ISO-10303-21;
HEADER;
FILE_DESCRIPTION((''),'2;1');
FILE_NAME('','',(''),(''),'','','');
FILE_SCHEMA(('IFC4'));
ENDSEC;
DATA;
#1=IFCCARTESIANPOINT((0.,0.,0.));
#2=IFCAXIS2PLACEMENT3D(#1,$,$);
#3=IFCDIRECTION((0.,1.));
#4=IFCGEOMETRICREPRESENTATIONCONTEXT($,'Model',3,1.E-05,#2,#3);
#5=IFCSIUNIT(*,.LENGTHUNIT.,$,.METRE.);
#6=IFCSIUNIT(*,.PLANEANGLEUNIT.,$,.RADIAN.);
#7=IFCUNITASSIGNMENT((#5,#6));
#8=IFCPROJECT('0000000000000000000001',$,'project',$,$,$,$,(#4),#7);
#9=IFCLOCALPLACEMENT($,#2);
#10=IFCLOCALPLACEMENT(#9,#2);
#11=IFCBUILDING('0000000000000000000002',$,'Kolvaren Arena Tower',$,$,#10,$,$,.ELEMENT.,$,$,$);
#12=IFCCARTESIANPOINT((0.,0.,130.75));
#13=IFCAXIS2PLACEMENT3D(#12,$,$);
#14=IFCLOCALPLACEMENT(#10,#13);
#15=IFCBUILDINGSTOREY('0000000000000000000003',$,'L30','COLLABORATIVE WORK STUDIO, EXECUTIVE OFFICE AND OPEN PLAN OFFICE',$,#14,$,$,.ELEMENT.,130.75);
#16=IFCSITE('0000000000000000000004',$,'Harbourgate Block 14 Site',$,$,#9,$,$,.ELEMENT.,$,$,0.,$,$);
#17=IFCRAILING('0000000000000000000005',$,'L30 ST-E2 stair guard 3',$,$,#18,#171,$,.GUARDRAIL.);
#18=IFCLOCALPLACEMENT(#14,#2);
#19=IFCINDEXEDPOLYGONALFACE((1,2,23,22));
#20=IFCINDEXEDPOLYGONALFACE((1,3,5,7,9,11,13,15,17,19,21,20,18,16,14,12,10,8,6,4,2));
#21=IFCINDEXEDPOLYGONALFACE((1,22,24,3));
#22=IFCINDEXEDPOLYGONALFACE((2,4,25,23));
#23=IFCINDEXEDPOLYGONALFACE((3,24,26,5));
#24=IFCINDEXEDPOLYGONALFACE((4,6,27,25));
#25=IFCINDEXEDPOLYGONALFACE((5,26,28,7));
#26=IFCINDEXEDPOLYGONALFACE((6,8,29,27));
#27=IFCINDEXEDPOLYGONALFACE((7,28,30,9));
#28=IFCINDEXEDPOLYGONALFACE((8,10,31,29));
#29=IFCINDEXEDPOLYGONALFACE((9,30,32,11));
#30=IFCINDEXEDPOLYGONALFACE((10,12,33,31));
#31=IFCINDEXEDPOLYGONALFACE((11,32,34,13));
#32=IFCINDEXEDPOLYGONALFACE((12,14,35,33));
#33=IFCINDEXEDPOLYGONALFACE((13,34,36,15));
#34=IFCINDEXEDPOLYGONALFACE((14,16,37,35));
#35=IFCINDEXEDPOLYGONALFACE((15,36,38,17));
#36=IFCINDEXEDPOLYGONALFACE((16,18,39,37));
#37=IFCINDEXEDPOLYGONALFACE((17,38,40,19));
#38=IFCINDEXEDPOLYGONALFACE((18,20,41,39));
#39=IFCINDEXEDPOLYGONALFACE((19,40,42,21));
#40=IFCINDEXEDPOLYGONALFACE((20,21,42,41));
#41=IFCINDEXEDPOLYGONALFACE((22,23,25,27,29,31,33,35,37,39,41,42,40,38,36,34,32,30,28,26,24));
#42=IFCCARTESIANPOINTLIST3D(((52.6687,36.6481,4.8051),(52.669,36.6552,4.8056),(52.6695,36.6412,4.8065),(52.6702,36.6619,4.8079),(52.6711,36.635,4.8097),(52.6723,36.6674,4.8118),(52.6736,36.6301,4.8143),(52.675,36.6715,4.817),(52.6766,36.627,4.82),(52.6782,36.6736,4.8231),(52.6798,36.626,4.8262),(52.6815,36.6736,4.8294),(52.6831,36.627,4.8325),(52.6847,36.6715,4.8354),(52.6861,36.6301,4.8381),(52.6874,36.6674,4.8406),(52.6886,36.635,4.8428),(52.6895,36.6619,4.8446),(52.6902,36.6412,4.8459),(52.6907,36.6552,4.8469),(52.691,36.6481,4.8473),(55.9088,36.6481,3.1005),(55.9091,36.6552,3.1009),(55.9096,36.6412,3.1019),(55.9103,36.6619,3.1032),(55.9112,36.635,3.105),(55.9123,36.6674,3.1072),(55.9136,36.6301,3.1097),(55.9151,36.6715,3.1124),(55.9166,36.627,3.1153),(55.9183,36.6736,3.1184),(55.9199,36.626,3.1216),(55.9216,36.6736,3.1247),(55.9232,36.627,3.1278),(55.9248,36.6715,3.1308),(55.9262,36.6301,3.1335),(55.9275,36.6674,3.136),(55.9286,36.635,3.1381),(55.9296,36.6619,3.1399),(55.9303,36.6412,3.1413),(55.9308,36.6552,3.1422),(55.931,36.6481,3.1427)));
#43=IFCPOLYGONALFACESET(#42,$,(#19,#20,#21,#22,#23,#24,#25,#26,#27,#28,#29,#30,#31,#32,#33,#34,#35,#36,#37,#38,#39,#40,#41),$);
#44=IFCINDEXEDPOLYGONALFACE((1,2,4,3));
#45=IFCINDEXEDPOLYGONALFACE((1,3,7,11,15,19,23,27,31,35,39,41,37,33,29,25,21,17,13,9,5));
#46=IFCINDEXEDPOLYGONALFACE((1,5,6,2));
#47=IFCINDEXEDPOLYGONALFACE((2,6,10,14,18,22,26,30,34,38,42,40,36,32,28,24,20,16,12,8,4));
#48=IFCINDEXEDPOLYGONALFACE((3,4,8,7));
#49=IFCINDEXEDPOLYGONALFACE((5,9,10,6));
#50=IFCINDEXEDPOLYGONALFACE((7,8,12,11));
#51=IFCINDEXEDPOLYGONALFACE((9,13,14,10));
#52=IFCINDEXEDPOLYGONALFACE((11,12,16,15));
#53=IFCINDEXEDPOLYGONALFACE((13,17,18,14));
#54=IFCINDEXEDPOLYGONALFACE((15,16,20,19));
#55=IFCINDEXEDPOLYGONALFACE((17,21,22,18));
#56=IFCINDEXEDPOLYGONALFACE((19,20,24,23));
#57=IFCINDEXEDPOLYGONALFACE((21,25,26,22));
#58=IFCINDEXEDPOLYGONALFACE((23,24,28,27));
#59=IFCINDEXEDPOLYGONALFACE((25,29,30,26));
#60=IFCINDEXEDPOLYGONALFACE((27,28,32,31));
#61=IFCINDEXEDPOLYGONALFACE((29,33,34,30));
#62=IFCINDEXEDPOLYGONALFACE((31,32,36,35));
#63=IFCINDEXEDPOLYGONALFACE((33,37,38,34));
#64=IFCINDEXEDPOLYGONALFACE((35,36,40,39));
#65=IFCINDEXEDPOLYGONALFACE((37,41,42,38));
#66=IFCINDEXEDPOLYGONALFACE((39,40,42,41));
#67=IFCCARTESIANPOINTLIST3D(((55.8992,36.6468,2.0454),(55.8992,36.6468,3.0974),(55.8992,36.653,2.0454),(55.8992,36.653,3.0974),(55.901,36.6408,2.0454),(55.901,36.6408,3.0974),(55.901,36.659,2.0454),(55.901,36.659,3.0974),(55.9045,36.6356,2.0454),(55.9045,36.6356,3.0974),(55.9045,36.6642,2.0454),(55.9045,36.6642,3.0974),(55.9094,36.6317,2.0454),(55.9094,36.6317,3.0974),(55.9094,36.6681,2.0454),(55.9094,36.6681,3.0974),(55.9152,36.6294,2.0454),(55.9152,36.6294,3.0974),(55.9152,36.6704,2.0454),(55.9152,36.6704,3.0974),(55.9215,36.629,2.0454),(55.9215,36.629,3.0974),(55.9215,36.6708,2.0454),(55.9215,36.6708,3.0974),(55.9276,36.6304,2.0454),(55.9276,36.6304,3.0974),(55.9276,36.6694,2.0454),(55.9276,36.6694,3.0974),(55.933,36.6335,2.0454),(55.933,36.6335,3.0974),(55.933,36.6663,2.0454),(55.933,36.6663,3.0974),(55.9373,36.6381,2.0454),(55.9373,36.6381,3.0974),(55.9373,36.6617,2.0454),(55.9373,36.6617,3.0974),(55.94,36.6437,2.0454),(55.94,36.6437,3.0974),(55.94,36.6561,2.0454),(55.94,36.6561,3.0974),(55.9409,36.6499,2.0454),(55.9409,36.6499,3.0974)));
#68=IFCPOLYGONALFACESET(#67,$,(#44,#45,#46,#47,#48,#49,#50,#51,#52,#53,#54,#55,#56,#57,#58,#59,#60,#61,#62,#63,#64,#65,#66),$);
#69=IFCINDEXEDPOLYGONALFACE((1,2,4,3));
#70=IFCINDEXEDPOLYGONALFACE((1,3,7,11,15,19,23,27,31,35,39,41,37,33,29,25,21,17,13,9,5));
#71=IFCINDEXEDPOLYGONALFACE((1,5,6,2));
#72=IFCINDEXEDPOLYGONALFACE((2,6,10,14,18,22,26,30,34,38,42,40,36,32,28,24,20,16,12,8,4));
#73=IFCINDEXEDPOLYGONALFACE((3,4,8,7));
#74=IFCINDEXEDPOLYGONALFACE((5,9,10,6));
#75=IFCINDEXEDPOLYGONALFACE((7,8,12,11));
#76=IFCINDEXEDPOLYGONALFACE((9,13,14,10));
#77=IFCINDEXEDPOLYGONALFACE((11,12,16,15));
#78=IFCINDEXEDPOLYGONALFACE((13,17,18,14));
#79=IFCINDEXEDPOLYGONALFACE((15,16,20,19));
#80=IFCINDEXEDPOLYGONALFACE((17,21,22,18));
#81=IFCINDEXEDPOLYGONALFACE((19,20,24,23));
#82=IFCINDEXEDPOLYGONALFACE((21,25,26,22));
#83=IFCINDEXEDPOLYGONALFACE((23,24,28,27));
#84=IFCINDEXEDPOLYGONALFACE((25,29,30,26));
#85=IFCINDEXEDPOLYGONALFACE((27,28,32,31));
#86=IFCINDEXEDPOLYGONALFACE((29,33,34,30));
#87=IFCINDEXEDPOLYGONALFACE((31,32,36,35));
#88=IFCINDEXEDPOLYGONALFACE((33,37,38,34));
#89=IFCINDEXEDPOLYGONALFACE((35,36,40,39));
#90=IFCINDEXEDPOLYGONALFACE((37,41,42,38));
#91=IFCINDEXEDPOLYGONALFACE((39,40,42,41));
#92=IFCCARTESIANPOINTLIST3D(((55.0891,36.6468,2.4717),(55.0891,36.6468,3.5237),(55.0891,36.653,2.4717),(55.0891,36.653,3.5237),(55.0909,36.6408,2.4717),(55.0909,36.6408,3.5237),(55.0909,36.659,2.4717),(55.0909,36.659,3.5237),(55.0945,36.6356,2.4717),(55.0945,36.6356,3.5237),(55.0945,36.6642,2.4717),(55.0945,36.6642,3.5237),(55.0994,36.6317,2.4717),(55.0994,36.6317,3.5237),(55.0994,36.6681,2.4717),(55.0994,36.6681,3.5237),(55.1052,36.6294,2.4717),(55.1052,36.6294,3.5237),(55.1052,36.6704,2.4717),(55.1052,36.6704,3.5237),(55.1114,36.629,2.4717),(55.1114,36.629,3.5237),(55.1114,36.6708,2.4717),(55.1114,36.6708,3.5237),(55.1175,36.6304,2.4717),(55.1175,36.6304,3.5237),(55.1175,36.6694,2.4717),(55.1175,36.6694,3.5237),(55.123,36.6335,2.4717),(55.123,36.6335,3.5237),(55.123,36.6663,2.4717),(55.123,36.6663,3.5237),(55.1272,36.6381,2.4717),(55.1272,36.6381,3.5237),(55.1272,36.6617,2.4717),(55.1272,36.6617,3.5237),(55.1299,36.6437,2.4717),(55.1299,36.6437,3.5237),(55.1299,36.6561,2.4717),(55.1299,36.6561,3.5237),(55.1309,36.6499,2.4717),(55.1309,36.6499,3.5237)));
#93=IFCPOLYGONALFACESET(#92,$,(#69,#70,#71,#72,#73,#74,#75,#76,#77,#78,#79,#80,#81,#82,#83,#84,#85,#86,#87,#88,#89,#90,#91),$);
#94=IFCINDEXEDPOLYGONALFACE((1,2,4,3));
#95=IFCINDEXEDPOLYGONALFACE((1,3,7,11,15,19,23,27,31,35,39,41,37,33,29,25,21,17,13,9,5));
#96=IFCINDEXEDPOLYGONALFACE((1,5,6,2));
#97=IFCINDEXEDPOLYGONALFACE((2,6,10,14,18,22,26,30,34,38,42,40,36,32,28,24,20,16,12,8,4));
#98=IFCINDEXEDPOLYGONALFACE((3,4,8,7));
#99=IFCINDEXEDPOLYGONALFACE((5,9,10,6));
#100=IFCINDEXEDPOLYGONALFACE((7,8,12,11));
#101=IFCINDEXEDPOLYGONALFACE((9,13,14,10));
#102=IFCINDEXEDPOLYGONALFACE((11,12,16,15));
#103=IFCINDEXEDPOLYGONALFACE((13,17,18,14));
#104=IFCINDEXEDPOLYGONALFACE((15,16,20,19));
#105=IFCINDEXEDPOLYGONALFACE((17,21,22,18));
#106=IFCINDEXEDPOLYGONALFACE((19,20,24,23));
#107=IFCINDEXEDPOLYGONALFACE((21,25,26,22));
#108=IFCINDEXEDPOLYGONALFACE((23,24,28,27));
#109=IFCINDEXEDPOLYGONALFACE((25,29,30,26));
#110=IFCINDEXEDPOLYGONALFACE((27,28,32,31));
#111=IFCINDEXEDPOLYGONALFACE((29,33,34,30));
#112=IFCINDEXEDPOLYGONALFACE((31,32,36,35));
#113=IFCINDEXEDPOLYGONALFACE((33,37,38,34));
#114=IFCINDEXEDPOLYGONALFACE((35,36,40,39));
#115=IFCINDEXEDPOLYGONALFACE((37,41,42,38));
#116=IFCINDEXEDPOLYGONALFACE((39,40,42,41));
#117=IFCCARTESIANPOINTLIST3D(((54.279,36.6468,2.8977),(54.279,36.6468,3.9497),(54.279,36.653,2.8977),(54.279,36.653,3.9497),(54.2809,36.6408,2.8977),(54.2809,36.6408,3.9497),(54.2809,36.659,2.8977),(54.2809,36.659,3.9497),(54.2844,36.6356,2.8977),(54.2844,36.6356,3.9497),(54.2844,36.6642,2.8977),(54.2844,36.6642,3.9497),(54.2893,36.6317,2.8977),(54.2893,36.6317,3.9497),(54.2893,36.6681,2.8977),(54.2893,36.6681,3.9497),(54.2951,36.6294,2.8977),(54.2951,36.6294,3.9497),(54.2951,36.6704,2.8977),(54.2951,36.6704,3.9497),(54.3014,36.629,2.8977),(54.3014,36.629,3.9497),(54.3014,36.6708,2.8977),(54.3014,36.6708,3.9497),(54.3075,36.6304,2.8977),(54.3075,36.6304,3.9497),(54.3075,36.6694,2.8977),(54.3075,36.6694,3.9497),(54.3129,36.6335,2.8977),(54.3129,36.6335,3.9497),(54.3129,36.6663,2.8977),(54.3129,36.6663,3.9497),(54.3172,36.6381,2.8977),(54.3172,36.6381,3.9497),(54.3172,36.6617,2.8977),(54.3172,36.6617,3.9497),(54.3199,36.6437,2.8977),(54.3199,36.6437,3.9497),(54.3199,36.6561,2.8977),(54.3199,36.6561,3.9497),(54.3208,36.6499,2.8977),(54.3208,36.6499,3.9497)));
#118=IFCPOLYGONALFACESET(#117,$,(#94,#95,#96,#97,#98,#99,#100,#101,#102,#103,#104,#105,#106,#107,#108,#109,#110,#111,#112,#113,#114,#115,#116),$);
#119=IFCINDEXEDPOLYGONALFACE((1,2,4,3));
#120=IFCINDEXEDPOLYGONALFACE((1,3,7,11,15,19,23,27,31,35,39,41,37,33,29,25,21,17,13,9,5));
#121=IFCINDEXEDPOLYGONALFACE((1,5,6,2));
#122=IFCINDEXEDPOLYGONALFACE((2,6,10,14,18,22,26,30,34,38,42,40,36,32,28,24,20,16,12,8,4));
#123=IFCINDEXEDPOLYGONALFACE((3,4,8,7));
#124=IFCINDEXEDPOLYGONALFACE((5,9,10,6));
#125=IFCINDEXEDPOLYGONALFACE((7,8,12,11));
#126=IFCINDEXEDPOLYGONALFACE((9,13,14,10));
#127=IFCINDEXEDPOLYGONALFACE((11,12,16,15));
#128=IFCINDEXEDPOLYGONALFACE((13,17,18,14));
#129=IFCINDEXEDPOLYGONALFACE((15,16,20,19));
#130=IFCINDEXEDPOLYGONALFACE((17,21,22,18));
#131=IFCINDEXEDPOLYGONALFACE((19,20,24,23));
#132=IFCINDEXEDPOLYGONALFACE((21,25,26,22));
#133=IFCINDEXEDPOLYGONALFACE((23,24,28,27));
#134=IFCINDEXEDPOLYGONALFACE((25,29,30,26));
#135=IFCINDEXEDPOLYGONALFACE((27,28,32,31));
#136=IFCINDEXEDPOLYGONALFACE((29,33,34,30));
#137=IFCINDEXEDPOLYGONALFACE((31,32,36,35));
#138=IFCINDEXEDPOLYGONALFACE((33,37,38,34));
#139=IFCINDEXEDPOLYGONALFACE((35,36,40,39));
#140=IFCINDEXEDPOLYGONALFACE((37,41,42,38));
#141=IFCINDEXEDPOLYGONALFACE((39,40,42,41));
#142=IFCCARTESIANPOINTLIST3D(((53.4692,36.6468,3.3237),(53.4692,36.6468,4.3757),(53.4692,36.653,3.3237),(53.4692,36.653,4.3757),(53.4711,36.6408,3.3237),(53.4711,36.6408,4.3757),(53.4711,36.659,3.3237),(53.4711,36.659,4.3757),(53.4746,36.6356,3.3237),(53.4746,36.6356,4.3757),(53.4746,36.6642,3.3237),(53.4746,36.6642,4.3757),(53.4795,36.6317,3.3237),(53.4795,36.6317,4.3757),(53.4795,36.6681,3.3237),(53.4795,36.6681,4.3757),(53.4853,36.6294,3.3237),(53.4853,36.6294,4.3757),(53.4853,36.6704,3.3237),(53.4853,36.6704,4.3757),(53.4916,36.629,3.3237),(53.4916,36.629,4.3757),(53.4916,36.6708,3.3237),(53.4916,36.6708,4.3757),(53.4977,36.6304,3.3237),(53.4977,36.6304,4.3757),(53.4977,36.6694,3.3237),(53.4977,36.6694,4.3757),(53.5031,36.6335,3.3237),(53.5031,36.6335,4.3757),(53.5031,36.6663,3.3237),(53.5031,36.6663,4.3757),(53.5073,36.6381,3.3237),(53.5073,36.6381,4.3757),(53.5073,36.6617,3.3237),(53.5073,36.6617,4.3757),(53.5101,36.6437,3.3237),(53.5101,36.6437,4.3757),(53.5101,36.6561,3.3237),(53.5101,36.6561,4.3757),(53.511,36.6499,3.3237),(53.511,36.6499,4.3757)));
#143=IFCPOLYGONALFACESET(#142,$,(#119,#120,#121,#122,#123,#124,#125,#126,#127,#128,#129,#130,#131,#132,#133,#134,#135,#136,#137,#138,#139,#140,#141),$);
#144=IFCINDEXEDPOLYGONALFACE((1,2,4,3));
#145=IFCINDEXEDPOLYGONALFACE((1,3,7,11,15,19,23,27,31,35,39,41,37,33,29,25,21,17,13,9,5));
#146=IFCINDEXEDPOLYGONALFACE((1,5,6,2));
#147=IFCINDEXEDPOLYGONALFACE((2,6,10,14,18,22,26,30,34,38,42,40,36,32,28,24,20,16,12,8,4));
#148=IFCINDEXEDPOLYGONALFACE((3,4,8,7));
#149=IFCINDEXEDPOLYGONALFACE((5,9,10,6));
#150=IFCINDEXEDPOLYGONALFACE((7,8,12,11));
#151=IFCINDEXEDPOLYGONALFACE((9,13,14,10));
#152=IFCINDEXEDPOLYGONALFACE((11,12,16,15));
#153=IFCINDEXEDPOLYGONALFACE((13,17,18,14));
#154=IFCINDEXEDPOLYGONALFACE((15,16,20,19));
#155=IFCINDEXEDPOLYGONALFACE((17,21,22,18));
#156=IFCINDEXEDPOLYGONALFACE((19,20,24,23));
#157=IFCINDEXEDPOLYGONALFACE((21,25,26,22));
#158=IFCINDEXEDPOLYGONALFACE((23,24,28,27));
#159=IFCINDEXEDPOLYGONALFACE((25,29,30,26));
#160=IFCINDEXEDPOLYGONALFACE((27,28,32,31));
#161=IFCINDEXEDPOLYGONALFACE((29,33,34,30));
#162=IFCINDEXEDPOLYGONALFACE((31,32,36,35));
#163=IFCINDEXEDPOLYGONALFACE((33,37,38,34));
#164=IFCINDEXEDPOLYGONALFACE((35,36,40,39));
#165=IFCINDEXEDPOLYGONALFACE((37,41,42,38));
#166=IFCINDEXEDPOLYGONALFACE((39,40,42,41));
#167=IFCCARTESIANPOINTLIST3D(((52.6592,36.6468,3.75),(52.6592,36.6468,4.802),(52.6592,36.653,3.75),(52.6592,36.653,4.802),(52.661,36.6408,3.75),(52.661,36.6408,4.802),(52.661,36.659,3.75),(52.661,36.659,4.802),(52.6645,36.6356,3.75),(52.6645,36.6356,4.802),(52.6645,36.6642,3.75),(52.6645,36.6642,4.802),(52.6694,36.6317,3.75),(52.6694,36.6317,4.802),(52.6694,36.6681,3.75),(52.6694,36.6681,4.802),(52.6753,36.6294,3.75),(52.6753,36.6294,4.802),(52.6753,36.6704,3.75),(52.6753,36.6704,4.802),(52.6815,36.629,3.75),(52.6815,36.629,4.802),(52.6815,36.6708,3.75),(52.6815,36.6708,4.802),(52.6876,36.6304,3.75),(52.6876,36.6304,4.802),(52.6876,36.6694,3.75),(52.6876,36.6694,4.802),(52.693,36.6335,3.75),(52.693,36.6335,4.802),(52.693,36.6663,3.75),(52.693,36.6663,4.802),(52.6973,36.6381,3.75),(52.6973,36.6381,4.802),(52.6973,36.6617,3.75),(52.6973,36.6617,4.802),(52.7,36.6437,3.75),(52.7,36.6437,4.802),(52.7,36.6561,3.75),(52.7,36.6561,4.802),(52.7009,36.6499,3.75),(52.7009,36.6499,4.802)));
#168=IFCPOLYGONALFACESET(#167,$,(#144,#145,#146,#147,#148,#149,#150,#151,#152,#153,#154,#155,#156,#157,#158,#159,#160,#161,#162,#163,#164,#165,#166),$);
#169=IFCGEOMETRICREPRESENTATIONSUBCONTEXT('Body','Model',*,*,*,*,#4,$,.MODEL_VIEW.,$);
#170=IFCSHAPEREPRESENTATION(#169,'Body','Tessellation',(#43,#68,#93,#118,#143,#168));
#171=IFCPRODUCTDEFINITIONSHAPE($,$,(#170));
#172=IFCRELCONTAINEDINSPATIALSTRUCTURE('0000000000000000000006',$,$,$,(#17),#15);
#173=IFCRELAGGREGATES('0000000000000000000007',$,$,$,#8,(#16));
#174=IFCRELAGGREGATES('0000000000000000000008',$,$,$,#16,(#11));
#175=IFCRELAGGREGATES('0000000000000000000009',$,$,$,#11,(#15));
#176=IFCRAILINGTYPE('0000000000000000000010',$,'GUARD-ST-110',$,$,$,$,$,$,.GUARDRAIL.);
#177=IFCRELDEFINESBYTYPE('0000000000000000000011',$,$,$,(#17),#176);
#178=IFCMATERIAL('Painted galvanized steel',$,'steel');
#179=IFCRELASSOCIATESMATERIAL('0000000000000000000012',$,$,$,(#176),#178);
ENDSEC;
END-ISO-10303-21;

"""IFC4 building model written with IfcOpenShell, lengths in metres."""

from ifc_helpers import new_model, si_unit, direction, frame, origin, origin_2d, place, context, subcontext, project, spatial, circle, extrude, material, type_object, element, save


model = new_model("IFC4")

# Units and contexts
model_context = context("Model", 3, precision=1e-05, world=origin(), true_north=direction((0.0, 1.0)))
body_context = subcontext(model_context, "Body", "Model", "MODEL_VIEW")
ifc_project = project(units=[si_unit("LENGTHUNIT", "METRE"), si_unit("PLANEANGLEUNIT", "RADIAN")], contexts=[model_context])

# Site, building, storey
site_placement = place(None, origin())
site = spatial("IfcSite", under=ifc_project, at=site_placement, Name="Harbourgate Block 14 Site", CompositionType="ELEMENT", RefElevation=0.0)
building_placement = place(site_placement, origin())
building = spatial("IfcBuilding", under=site, at=building_placement, Name="Kolvaren Arena Tower", CompositionType="ELEMENT")
storey_placement = place(building_placement, frame((0.0, 0.0, 130.75)))
storey = spatial("IfcBuildingStorey", under=building, at=storey_placement, Name="L30", Description="COLLABORATIVE WORK STUDIO, EXECUTIVE OFFICE AND OPEN PLAN OFFICE", CompositionType="ELEMENT", Elevation=130.75)

# Railing
ifc_material_1 = material(Name="Painted galvanized steel", Category="steel")
railing_type_1 = type_object("IfcRailingType", Name="GUARD-ST-110", PredefinedType="GUARDRAIL", material=ifc_material_1)
railing_1_placement = place(storey_placement, frame((55.9199, 36.6499, 2.0454)))
element("IfcRailing", 1, at=railing_1_placement, inside=storey, type_object=railing_type_1, Name="L30 ST-E2 stair guard 3", PredefinedType="GUARDRAIL", context=body_context, shape_type="SweptSolid", body=[
    extrude(circle(Radius=0.0239, at=origin_2d()), frame((0.0, 0.0, 1.0762), z_axis=(-0.884993, 0.0, 0.465604), x_axis=(0.0, -1.0, 0.0)), (0.0, 0.0, 1.0), 3.6611),
    extrude(circle(Radius=0.021, at=origin_2d()), origin(), (0.0, 0.0, 1.0), 1.052),
    extrude(circle(Radius=0.021, at=origin_2d()), frame((-0.8101, 0.0, 0.4263)), (0.0, 0.0, 1.0), 1.052),
    extrude(circle(Radius=0.021, at=origin_2d()), frame((-1.6201, 0.0, 0.8523)), (0.0, 0.0, 1.0), 1.052),
    extrude(circle(Radius=0.021, at=origin_2d()), frame((-2.4299, 0.0, 1.2783)), (0.0, 0.0, 1.0), 1.052),
    extrude(circle(Radius=0.021, at=origin_2d()), frame((-3.24, 0.0, 1.7046)), (0.0, 0.0, 1.0), 1.052),
])

save(model, "model.ifc")
